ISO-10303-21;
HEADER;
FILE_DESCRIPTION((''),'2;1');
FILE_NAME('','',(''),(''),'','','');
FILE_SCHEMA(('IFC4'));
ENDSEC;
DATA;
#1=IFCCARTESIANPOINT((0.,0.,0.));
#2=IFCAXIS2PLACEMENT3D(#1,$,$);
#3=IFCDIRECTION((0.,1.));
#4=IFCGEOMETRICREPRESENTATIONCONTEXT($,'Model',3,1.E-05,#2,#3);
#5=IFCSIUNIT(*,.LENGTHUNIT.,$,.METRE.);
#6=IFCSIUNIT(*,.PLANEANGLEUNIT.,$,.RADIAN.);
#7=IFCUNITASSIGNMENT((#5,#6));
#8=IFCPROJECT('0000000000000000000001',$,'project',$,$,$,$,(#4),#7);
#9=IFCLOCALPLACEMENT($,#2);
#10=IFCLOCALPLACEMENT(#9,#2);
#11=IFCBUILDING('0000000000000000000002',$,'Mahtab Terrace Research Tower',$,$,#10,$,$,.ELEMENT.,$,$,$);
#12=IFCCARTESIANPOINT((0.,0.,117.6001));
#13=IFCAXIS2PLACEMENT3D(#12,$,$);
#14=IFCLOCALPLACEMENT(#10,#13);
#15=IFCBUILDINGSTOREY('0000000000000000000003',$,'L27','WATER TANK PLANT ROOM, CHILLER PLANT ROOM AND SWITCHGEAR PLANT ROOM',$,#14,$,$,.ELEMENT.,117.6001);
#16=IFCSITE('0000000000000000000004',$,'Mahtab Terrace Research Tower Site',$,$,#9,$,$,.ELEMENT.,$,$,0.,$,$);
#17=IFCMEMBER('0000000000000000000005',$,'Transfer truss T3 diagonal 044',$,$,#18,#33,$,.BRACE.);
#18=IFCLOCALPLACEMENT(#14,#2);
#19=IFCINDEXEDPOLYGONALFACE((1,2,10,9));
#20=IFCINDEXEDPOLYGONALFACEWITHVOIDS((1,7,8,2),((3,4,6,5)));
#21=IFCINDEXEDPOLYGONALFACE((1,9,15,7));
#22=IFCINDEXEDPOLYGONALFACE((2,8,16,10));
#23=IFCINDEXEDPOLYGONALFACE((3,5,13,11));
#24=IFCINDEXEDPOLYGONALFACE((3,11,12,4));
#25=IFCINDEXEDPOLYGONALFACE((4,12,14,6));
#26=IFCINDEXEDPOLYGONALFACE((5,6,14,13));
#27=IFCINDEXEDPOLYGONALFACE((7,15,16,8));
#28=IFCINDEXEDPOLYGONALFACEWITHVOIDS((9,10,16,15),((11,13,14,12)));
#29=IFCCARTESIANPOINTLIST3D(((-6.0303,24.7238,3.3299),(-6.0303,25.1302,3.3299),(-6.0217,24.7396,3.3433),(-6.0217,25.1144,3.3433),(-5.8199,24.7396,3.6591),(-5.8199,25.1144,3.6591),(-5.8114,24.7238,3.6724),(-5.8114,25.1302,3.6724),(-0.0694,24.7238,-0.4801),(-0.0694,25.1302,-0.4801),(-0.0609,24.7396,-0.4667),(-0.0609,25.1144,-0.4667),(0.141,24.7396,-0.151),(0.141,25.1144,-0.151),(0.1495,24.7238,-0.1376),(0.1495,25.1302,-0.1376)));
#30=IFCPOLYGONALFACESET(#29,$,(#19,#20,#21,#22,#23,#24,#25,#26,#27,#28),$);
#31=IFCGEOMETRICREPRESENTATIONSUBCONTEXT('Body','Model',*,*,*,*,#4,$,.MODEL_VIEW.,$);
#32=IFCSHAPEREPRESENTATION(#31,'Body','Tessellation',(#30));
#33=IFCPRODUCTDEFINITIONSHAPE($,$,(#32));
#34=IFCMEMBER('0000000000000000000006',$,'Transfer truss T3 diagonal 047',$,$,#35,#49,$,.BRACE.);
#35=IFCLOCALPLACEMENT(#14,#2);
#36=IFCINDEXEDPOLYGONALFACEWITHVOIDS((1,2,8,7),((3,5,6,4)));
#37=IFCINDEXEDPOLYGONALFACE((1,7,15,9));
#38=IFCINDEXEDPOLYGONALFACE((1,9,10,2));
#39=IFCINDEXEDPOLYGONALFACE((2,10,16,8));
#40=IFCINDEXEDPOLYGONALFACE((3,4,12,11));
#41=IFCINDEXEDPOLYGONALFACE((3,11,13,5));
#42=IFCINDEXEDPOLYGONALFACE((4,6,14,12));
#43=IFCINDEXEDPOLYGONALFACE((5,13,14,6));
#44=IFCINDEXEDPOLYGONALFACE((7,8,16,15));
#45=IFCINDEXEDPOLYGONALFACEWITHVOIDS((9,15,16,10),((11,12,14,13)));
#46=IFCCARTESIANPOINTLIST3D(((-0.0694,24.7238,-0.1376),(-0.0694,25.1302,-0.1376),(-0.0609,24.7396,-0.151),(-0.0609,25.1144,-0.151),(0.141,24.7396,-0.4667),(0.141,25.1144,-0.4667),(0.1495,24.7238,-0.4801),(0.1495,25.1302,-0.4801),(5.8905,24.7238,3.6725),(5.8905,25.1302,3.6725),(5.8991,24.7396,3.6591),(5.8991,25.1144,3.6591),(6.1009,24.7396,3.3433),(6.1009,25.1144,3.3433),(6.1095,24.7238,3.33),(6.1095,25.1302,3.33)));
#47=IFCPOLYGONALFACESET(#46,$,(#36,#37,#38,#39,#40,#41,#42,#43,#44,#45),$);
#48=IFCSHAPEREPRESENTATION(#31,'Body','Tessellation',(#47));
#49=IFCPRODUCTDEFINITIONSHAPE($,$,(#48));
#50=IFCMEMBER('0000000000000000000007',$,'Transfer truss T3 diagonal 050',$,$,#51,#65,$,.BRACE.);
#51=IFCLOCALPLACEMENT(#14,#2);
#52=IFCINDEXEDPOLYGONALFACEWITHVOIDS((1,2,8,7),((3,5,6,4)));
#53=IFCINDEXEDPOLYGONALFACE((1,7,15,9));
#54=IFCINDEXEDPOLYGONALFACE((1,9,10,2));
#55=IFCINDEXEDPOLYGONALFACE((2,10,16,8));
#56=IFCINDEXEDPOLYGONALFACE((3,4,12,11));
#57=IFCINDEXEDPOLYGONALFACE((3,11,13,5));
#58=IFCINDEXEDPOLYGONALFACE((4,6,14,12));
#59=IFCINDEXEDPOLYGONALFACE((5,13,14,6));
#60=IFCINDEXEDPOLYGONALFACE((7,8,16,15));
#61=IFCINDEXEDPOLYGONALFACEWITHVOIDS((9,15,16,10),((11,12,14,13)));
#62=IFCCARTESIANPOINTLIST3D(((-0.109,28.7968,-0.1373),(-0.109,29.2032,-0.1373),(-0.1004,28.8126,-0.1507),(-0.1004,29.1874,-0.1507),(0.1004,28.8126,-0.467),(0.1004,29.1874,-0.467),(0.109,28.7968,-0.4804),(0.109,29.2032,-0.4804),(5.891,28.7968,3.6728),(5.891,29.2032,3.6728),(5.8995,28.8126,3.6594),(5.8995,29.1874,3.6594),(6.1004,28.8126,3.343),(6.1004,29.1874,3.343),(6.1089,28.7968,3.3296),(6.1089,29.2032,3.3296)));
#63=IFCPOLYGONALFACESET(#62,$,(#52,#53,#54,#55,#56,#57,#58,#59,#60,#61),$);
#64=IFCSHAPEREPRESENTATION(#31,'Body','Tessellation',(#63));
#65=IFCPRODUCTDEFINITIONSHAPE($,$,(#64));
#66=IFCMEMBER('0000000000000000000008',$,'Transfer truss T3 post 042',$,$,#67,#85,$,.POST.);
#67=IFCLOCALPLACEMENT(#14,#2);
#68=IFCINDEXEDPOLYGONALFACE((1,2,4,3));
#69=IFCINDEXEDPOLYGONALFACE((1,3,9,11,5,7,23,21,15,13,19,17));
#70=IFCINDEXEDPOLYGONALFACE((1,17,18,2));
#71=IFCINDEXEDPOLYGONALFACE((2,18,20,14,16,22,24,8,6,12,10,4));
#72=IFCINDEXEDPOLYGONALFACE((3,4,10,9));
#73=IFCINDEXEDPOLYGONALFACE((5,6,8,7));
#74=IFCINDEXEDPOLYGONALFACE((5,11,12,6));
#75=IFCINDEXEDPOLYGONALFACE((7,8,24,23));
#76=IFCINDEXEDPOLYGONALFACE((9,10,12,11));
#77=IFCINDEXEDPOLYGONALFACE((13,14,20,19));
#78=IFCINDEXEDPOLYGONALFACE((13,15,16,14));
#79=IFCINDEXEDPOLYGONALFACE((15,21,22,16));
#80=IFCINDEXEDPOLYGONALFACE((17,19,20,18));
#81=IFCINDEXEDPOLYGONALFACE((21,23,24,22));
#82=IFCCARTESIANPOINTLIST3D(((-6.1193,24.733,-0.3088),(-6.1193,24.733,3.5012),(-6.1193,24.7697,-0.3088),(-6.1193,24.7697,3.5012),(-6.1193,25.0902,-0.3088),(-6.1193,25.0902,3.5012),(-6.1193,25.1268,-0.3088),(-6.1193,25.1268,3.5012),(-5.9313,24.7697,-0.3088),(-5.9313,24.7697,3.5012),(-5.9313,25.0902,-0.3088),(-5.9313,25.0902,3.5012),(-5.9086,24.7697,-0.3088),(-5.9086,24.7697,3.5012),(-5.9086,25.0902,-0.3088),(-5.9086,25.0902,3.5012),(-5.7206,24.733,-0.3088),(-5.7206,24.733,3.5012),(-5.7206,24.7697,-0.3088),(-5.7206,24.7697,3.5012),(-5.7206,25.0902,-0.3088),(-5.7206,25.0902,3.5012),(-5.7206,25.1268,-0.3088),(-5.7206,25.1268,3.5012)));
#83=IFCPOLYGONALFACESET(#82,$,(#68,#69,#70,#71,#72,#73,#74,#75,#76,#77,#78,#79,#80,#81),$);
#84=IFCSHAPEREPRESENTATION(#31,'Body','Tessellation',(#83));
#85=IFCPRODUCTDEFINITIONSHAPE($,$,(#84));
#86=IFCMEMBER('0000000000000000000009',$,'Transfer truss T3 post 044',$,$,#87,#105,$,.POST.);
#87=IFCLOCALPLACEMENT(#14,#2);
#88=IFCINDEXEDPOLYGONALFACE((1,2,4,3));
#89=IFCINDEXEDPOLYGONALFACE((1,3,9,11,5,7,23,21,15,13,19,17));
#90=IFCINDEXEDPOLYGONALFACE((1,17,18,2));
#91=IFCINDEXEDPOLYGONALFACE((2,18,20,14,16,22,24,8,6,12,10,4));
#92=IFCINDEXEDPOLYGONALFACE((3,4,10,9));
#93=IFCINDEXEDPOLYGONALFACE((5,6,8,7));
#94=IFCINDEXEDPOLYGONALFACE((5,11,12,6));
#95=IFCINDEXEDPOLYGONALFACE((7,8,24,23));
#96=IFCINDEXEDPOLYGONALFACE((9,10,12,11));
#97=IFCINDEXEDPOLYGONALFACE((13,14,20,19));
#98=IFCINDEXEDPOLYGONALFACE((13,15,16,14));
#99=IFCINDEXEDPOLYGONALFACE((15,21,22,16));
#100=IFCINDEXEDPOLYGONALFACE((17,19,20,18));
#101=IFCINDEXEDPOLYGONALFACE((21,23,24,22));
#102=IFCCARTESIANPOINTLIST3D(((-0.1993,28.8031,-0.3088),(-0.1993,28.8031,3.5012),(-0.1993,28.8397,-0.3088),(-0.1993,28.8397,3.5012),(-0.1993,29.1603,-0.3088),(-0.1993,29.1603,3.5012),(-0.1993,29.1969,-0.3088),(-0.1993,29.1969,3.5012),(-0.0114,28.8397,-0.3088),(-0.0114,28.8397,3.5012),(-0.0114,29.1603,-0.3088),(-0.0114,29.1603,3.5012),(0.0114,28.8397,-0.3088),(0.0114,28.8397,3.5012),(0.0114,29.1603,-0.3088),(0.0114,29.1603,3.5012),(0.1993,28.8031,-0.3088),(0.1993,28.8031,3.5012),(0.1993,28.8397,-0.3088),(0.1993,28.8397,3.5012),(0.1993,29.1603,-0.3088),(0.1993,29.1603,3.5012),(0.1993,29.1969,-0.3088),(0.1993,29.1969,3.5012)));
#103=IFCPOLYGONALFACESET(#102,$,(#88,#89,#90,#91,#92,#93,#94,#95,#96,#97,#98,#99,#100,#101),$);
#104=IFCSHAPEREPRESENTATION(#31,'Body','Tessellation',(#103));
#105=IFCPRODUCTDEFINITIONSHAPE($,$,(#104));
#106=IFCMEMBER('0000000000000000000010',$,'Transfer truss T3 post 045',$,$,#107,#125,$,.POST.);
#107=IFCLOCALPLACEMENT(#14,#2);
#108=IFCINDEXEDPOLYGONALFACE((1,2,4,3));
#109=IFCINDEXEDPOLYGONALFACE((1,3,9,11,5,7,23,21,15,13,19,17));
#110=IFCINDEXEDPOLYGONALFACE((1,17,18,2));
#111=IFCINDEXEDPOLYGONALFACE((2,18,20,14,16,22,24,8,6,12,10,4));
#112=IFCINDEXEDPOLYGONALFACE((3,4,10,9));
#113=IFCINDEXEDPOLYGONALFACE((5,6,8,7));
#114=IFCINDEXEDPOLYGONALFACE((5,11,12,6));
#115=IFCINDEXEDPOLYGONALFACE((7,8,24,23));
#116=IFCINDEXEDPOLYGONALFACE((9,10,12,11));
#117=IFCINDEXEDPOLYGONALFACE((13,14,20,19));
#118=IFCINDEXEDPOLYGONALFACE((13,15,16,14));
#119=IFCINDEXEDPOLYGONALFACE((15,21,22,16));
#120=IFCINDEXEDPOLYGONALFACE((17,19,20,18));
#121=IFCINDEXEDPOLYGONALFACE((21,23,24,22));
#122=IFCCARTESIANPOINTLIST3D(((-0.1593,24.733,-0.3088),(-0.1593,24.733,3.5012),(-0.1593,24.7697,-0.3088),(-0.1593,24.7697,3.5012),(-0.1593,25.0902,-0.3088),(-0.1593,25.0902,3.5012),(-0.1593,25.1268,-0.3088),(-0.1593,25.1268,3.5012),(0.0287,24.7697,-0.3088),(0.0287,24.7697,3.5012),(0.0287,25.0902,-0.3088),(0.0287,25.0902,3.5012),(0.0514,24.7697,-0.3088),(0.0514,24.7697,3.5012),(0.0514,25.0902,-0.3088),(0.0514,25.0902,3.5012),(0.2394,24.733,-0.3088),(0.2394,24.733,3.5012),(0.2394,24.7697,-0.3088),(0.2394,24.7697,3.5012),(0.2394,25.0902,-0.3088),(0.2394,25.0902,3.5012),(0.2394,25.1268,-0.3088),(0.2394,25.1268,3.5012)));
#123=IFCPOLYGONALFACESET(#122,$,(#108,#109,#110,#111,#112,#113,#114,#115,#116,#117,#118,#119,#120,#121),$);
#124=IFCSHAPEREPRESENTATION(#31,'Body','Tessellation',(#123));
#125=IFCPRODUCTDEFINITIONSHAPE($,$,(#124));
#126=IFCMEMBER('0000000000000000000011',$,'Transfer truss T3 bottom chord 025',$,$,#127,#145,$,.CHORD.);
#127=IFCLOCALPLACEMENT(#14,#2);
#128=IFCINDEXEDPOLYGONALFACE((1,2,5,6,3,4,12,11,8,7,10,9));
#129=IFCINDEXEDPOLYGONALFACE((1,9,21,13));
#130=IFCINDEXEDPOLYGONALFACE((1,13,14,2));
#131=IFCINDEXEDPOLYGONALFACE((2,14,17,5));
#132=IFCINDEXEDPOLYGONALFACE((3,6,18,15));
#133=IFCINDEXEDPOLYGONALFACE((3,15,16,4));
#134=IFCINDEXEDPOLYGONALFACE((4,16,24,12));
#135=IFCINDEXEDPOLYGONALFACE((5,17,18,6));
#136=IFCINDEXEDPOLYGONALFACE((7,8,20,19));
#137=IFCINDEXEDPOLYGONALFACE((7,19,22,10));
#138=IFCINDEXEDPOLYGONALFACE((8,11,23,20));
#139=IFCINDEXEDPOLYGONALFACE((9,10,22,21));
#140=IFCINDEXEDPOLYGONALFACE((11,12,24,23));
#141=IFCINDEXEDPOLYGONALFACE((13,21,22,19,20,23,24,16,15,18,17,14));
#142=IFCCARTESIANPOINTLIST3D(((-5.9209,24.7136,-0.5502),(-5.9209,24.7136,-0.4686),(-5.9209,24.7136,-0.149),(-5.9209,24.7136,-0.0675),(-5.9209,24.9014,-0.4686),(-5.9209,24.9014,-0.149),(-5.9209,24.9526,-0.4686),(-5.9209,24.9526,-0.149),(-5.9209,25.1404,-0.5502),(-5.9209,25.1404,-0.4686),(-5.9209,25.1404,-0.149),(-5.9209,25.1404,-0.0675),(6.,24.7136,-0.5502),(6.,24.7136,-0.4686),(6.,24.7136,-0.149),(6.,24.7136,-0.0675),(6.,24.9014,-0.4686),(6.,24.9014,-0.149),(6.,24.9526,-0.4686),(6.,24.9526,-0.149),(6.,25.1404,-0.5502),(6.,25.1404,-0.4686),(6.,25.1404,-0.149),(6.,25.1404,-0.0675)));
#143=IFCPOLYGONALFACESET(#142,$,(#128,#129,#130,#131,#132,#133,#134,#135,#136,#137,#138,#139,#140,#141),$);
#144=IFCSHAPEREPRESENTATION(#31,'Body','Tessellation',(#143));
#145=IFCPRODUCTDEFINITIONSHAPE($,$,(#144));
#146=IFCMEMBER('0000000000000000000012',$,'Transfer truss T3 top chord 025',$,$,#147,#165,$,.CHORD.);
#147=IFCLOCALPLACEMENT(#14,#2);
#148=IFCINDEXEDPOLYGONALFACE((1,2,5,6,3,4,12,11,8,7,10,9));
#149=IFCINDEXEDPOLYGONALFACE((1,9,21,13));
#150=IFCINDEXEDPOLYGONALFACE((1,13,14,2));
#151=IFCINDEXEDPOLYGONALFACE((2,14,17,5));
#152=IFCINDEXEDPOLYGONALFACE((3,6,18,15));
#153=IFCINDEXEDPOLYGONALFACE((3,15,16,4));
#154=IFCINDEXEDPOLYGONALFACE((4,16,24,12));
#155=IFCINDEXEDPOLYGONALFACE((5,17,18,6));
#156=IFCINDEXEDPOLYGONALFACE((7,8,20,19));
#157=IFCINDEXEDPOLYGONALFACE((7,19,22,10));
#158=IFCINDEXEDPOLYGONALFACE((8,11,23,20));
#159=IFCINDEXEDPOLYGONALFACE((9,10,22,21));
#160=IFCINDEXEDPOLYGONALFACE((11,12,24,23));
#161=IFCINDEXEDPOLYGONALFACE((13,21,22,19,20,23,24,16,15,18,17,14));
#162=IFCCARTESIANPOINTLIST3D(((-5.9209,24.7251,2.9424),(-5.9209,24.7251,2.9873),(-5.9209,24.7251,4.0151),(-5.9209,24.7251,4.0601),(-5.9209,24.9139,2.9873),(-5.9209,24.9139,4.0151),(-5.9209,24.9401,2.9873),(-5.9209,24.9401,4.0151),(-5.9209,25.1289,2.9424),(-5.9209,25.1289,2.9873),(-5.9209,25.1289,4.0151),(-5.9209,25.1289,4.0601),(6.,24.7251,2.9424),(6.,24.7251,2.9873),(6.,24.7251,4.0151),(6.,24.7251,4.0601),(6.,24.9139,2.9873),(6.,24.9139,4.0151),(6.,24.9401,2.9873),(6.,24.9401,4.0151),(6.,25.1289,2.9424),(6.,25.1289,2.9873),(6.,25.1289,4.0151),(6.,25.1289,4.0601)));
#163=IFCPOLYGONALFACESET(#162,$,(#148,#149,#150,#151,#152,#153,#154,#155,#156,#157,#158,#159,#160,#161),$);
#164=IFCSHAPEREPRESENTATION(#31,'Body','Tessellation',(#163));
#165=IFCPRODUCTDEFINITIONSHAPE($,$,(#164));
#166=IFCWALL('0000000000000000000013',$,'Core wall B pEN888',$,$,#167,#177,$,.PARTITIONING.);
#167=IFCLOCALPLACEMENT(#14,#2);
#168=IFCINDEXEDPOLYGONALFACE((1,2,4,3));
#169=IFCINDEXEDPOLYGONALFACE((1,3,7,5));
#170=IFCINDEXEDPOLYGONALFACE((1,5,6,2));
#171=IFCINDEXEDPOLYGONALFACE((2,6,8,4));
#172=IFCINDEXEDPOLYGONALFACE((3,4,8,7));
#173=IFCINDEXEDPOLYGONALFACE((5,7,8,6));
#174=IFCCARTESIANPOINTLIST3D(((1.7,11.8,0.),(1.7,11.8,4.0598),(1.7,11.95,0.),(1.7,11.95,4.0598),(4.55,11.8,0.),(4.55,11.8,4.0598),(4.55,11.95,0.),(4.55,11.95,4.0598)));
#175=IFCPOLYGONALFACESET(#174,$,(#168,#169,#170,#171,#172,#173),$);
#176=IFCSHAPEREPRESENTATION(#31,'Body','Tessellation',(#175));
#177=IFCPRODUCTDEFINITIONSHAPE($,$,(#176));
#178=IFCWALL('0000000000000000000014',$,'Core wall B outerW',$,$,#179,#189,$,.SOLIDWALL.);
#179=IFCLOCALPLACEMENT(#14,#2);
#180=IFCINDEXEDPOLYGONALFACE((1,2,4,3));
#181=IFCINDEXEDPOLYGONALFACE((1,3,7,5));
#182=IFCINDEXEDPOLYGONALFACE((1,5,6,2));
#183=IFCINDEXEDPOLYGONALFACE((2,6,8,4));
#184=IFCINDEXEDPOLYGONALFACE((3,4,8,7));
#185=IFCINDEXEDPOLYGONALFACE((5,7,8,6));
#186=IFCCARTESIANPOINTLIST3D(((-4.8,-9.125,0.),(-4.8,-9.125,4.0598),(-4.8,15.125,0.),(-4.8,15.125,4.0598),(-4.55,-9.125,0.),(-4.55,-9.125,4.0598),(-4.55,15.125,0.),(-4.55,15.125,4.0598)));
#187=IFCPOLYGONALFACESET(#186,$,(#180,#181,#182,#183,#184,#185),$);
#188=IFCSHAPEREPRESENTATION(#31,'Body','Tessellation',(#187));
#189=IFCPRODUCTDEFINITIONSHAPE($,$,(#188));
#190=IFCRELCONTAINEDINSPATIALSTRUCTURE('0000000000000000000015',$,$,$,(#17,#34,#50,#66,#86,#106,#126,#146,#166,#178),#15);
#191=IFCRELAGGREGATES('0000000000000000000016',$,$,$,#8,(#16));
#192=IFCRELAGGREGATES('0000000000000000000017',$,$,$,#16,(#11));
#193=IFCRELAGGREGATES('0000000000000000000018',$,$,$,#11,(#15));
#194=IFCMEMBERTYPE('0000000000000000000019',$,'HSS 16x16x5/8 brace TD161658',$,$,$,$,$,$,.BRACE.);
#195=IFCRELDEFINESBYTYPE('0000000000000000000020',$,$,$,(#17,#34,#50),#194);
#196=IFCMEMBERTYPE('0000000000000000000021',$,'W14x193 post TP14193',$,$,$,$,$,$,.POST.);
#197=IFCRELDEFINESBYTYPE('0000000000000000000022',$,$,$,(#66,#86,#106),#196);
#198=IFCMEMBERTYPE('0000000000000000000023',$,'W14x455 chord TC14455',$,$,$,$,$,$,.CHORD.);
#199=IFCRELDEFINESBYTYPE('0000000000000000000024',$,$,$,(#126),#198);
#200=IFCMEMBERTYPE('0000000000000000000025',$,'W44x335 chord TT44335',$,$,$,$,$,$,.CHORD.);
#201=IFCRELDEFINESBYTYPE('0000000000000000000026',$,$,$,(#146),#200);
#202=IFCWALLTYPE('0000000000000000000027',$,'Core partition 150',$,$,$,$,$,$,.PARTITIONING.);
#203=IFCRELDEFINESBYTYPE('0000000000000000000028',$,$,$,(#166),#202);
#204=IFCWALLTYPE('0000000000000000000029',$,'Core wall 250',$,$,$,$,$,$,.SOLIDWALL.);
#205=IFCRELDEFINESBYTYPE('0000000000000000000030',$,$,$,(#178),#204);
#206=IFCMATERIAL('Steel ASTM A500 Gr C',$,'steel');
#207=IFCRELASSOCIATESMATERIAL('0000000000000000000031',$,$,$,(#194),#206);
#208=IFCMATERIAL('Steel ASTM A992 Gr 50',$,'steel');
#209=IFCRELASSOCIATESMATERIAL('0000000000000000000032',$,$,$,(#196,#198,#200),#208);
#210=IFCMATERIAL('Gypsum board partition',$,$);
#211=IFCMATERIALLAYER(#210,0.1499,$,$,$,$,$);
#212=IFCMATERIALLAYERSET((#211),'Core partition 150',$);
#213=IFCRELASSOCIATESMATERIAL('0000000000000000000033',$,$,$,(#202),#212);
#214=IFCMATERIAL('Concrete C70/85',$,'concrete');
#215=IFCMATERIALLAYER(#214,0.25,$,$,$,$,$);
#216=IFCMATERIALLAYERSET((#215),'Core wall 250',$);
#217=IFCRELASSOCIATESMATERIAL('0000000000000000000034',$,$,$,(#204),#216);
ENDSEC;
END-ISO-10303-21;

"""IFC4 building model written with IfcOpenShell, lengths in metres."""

from ifc_helpers import new_model, si_unit, direction, frame, frame_2d, origin, origin_2d, place, context, subcontext, project, spatial, rectangle, hollow_rectangle, i_section, extrude, material, layer, layer_set, material_profile, profile_set, type_object, element, save


model = new_model("IFC4")

# Units and contexts
model_context = context("Model", 3, precision=1e-05, world=origin(), true_north=direction((0.0, 1.0)))
body_context = subcontext(model_context, "Body", "Model", "MODEL_VIEW")
ifc_project = project(units=[si_unit("LENGTHUNIT", "METRE"), si_unit("PLANEANGLEUNIT", "RADIAN")], contexts=[model_context])

# Site, building, storey
site_placement = place(None, origin())
site = spatial("IfcSite", under=ifc_project, at=site_placement, Name="Mahtab Terrace Research Tower Site", CompositionType="ELEMENT", RefElevation=0.0)
building_placement = place(site_placement, origin())
building = spatial("IfcBuilding", under=site, at=building_placement, Name="Mahtab Terrace Research Tower", CompositionType="ELEMENT")
storey_placement = place(building_placement, frame((0.0, 0.0, 117.6001)))
storey = spatial("IfcBuildingStorey", under=building, at=storey_placement, Name="L27", Description="WATER TANK PLANT ROOM, CHILLER PLANT ROOM AND SWITCHGEAR PLANT ROOM", CompositionType="ELEMENT", Elevation=117.6001)

# Members
ifc_material_1 = material(Name="Steel ASTM A500 Gr C", Category="steel")
ifc_material_profile_1 = material_profile(ifc_material_1, hollow_rectangle(XDim=0.4065, YDim=0.4065, WallThickness=0.0159, at=origin_2d()), Name="HSS16X16X5/8")
ifc_profile_set_1 = profile_set([ifc_material_profile_1], Name="Steel ASTM A500 Gr C")
member_type_1 = type_object("IfcMemberType", Name="HSS 16x16x5/8 brace TD161658", PredefinedType="BRACE", material=ifc_profile_set_1)
member_1_placement = place(storey_placement, frame((0.04, 24.927, -0.3088), z_axis=(-0.842588, 0.0, 0.538558), x_axis=(0.0, -1.0, 0.0)))
element("IfcMember", 1, at=member_1_placement, inside=storey, type_object=member_type_1, Name="Transfer truss T3 diagonal 044", PredefinedType="BRACE", context=body_context, shape_type="SweptSolid", body=[
    extrude(hollow_rectangle(XDim=0.4065, YDim=0.4065, WallThickness=0.0159, at=origin_2d()), origin(), (0.0, 0.0, 1.0), 7.0745),
])
member_2_placement = place(storey_placement, frame((0.04, 24.927, -0.3088), z_axis=(0.842548, 0.0, 0.538621), x_axis=(0.0, 1.0, 0.0)))
element("IfcMember", 2, at=member_2_placement, inside=storey, type_object=member_type_1, Name="Transfer truss T3 diagonal 047", PredefinedType="BRACE", context=body_context, shape_type="SweptSolid", body=[
    extrude(hollow_rectangle(XDim=0.4065, YDim=0.4065, WallThickness=0.0159, at=origin_2d()), origin(), (0.0, 0.0, 1.0), 7.0737),
])
member_3_placement = place(storey_placement, frame((0.0, 29.0, -0.3088), z_axis=(0.844179, 0.0, 0.536062), x_axis=(0.0, 1.0, 0.0)))
element("IfcMember", 3, at=member_3_placement, inside=storey, type_object=member_type_1, Name="Transfer truss T3 diagonal 050", PredefinedType="BRACE", context=body_context, shape_type="SweptSolid", body=[
    extrude(hollow_rectangle(XDim=0.4065, YDim=0.4065, WallThickness=0.0159, at=origin_2d()), origin(), (0.0, 0.0, 1.0), 7.1074),
])
ifc_material_2 = material(Name="Steel ASTM A992 Gr 50", Category="steel")
ifc_material_profile_2 = material_profile(ifc_material_2, i_section(OverallWidth=0.3987, OverallDepth=0.3938, WebThickness=0.0227, FlangeThickness=0.0366, at=origin_2d()), Name="W14X193")
ifc_profile_set_2 = profile_set([ifc_material_profile_2], Name="Steel ASTM A992 Gr 50")
member_type_2 = type_object("IfcMemberType", Name="W14x193 post TP14193", PredefinedType="POST", material=ifc_profile_set_2)
for number, where, z_axis, x_axis, name in (
    (4, (-5.9199, 24.9299, -0.3088), (0.0, 0.0, 1.0), (1.0, 0.0, 0.0), "Transfer truss T3 post 042"),
    (5, (0.0, 29.0, -0.3088), (0.0, 0.0, 1.0), (1.0, 0.0, 0.0), "Transfer truss T3 post 044"),
    (6, (0.04, 24.9299, -0.3088), (0.0, 0.0, 1.0), (1.0, 0.0, 0.0), "Transfer truss T3 post 045"),
):
    element("IfcMember", number, at=place(storey_placement, frame(where, z_axis=z_axis, x_axis=x_axis)), inside=storey, type_object=member_type_2, Name=name, PredefinedType="POST", context=body_context, shape_type="SweptSolid", body=[
        extrude(i_section(OverallWidth=0.3987, OverallDepth=0.3938, WebThickness=0.0227, FlangeThickness=0.0366, at=origin_2d()), origin(), (0.0, 0.0, 1.0), 3.8101),
    ])
ifc_material_profile_3 = material_profile(ifc_material_2, i_section(OverallWidth=0.4268, OverallDepth=0.4827, WebThickness=0.0513, FlangeThickness=0.0815, at=origin_2d()), Name="W14X455")
ifc_profile_set_3 = profile_set([ifc_material_profile_3], Name="Steel ASTM A992 Gr 50")
member_type_3 = type_object("IfcMemberType", Name="W14x455 chord TC14455", PredefinedType="CHORD", material=ifc_profile_set_3)
member_4_placement = place(storey_placement, frame((-5.9209, 24.927, -0.3088), z_axis=(1.0, 0.0, 0.0), x_axis=(0.0, 1.0, 0.0)))
element("IfcMember", 7, at=member_4_placement, inside=storey, type_object=member_type_3, Name="Transfer truss T3 bottom chord 025", PredefinedType="CHORD", context=body_context, shape_type="SweptSolid", body=[
    extrude(i_section(OverallWidth=0.4268, OverallDepth=0.4827, WebThickness=0.0513, FlangeThickness=0.0815, at=origin_2d()), origin(), (0.0, 0.0, 1.0), 11.9209),
])
ifc_material_profile_4 = material_profile(ifc_material_2, i_section(OverallWidth=0.4038, OverallDepth=1.1177, WebThickness=0.0261, FlangeThickness=0.0449, at=origin_2d()), Name="W44X335")
ifc_profile_set_4 = profile_set([ifc_material_profile_4], Name="Steel ASTM A992 Gr 50")
member_type_4 = type_object("IfcMemberType", Name="W44x335 chord TT44335", PredefinedType="CHORD", material=ifc_profile_set_4)
member_5_placement = place(storey_placement, frame((-5.9209, 24.927, 3.5012), z_axis=(1.0, 0.0, 0.0), x_axis=(0.0, 1.0, 0.0)))
element("IfcMember", 8, at=member_5_placement, inside=storey, type_object=member_type_4, Name="Transfer truss T3 top chord 025", PredefinedType="CHORD", context=body_context, shape_type="SweptSolid", body=[
    extrude(i_section(OverallWidth=0.4038, OverallDepth=1.1177, WebThickness=0.0261, FlangeThickness=0.0449, at=origin_2d()), origin(), (0.0, 0.0, 1.0), 11.9209),
])

# Walls
ifc_material_3 = material(Name="Gypsum board partition")
ifc_layer_1 = layer(ifc_material_3, 0.1499)
ifc_layer_set_1 = layer_set([ifc_layer_1], Name="Core partition 150")
wall_type_1 = type_object("IfcWallType", Name="Core partition 150", PredefinedType="PARTITIONING", material=ifc_layer_set_1)
wall_1_placement = place(storey_placement, frame((1.7, 11.875, 0.0), z_axis=(0.0, 0.0, 1.0), x_axis=(1.0, 0.0, 0.0)))
element("IfcWall", 9, at=wall_1_placement, inside=storey, type_object=wall_type_1, Name="Core wall B pEN888", PredefinedType="PARTITIONING", context=body_context, shape_type="SweptSolid", body=[
    extrude(rectangle(XDim=2.8501, YDim=0.1499, at=frame_2d((1.425, 0.0))), origin(), (0.0, 0.0, 1.0), 4.0598),
])
ifc_material_4 = material(Name="Concrete C70/85", Category="concrete")
ifc_layer_2 = layer(ifc_material_4, 0.25)
ifc_layer_set_2 = layer_set([ifc_layer_2], Name="Core wall 250")
wall_type_2 = type_object("IfcWallType", Name="Core wall 250", PredefinedType="SOLIDWALL", material=ifc_layer_set_2)
wall_2_placement = place(storey_placement, frame((-4.675, 15.125, 0.0), z_axis=(0.0, 0.0, 1.0), x_axis=(0.0, -1.0, 0.0)))
element("IfcWall", 10, at=wall_2_placement, inside=storey, type_object=wall_type_2, Name="Core wall B outerW", PredefinedType="SOLIDWALL", context=body_context, shape_type="SweptSolid", body=[
    extrude(rectangle(XDim=24.25, YDim=0.25, at=frame_2d((12.125, 0.0))), origin(), (0.0, 0.0, 1.0), 4.0598),
])

save(model, "model.ifc")
